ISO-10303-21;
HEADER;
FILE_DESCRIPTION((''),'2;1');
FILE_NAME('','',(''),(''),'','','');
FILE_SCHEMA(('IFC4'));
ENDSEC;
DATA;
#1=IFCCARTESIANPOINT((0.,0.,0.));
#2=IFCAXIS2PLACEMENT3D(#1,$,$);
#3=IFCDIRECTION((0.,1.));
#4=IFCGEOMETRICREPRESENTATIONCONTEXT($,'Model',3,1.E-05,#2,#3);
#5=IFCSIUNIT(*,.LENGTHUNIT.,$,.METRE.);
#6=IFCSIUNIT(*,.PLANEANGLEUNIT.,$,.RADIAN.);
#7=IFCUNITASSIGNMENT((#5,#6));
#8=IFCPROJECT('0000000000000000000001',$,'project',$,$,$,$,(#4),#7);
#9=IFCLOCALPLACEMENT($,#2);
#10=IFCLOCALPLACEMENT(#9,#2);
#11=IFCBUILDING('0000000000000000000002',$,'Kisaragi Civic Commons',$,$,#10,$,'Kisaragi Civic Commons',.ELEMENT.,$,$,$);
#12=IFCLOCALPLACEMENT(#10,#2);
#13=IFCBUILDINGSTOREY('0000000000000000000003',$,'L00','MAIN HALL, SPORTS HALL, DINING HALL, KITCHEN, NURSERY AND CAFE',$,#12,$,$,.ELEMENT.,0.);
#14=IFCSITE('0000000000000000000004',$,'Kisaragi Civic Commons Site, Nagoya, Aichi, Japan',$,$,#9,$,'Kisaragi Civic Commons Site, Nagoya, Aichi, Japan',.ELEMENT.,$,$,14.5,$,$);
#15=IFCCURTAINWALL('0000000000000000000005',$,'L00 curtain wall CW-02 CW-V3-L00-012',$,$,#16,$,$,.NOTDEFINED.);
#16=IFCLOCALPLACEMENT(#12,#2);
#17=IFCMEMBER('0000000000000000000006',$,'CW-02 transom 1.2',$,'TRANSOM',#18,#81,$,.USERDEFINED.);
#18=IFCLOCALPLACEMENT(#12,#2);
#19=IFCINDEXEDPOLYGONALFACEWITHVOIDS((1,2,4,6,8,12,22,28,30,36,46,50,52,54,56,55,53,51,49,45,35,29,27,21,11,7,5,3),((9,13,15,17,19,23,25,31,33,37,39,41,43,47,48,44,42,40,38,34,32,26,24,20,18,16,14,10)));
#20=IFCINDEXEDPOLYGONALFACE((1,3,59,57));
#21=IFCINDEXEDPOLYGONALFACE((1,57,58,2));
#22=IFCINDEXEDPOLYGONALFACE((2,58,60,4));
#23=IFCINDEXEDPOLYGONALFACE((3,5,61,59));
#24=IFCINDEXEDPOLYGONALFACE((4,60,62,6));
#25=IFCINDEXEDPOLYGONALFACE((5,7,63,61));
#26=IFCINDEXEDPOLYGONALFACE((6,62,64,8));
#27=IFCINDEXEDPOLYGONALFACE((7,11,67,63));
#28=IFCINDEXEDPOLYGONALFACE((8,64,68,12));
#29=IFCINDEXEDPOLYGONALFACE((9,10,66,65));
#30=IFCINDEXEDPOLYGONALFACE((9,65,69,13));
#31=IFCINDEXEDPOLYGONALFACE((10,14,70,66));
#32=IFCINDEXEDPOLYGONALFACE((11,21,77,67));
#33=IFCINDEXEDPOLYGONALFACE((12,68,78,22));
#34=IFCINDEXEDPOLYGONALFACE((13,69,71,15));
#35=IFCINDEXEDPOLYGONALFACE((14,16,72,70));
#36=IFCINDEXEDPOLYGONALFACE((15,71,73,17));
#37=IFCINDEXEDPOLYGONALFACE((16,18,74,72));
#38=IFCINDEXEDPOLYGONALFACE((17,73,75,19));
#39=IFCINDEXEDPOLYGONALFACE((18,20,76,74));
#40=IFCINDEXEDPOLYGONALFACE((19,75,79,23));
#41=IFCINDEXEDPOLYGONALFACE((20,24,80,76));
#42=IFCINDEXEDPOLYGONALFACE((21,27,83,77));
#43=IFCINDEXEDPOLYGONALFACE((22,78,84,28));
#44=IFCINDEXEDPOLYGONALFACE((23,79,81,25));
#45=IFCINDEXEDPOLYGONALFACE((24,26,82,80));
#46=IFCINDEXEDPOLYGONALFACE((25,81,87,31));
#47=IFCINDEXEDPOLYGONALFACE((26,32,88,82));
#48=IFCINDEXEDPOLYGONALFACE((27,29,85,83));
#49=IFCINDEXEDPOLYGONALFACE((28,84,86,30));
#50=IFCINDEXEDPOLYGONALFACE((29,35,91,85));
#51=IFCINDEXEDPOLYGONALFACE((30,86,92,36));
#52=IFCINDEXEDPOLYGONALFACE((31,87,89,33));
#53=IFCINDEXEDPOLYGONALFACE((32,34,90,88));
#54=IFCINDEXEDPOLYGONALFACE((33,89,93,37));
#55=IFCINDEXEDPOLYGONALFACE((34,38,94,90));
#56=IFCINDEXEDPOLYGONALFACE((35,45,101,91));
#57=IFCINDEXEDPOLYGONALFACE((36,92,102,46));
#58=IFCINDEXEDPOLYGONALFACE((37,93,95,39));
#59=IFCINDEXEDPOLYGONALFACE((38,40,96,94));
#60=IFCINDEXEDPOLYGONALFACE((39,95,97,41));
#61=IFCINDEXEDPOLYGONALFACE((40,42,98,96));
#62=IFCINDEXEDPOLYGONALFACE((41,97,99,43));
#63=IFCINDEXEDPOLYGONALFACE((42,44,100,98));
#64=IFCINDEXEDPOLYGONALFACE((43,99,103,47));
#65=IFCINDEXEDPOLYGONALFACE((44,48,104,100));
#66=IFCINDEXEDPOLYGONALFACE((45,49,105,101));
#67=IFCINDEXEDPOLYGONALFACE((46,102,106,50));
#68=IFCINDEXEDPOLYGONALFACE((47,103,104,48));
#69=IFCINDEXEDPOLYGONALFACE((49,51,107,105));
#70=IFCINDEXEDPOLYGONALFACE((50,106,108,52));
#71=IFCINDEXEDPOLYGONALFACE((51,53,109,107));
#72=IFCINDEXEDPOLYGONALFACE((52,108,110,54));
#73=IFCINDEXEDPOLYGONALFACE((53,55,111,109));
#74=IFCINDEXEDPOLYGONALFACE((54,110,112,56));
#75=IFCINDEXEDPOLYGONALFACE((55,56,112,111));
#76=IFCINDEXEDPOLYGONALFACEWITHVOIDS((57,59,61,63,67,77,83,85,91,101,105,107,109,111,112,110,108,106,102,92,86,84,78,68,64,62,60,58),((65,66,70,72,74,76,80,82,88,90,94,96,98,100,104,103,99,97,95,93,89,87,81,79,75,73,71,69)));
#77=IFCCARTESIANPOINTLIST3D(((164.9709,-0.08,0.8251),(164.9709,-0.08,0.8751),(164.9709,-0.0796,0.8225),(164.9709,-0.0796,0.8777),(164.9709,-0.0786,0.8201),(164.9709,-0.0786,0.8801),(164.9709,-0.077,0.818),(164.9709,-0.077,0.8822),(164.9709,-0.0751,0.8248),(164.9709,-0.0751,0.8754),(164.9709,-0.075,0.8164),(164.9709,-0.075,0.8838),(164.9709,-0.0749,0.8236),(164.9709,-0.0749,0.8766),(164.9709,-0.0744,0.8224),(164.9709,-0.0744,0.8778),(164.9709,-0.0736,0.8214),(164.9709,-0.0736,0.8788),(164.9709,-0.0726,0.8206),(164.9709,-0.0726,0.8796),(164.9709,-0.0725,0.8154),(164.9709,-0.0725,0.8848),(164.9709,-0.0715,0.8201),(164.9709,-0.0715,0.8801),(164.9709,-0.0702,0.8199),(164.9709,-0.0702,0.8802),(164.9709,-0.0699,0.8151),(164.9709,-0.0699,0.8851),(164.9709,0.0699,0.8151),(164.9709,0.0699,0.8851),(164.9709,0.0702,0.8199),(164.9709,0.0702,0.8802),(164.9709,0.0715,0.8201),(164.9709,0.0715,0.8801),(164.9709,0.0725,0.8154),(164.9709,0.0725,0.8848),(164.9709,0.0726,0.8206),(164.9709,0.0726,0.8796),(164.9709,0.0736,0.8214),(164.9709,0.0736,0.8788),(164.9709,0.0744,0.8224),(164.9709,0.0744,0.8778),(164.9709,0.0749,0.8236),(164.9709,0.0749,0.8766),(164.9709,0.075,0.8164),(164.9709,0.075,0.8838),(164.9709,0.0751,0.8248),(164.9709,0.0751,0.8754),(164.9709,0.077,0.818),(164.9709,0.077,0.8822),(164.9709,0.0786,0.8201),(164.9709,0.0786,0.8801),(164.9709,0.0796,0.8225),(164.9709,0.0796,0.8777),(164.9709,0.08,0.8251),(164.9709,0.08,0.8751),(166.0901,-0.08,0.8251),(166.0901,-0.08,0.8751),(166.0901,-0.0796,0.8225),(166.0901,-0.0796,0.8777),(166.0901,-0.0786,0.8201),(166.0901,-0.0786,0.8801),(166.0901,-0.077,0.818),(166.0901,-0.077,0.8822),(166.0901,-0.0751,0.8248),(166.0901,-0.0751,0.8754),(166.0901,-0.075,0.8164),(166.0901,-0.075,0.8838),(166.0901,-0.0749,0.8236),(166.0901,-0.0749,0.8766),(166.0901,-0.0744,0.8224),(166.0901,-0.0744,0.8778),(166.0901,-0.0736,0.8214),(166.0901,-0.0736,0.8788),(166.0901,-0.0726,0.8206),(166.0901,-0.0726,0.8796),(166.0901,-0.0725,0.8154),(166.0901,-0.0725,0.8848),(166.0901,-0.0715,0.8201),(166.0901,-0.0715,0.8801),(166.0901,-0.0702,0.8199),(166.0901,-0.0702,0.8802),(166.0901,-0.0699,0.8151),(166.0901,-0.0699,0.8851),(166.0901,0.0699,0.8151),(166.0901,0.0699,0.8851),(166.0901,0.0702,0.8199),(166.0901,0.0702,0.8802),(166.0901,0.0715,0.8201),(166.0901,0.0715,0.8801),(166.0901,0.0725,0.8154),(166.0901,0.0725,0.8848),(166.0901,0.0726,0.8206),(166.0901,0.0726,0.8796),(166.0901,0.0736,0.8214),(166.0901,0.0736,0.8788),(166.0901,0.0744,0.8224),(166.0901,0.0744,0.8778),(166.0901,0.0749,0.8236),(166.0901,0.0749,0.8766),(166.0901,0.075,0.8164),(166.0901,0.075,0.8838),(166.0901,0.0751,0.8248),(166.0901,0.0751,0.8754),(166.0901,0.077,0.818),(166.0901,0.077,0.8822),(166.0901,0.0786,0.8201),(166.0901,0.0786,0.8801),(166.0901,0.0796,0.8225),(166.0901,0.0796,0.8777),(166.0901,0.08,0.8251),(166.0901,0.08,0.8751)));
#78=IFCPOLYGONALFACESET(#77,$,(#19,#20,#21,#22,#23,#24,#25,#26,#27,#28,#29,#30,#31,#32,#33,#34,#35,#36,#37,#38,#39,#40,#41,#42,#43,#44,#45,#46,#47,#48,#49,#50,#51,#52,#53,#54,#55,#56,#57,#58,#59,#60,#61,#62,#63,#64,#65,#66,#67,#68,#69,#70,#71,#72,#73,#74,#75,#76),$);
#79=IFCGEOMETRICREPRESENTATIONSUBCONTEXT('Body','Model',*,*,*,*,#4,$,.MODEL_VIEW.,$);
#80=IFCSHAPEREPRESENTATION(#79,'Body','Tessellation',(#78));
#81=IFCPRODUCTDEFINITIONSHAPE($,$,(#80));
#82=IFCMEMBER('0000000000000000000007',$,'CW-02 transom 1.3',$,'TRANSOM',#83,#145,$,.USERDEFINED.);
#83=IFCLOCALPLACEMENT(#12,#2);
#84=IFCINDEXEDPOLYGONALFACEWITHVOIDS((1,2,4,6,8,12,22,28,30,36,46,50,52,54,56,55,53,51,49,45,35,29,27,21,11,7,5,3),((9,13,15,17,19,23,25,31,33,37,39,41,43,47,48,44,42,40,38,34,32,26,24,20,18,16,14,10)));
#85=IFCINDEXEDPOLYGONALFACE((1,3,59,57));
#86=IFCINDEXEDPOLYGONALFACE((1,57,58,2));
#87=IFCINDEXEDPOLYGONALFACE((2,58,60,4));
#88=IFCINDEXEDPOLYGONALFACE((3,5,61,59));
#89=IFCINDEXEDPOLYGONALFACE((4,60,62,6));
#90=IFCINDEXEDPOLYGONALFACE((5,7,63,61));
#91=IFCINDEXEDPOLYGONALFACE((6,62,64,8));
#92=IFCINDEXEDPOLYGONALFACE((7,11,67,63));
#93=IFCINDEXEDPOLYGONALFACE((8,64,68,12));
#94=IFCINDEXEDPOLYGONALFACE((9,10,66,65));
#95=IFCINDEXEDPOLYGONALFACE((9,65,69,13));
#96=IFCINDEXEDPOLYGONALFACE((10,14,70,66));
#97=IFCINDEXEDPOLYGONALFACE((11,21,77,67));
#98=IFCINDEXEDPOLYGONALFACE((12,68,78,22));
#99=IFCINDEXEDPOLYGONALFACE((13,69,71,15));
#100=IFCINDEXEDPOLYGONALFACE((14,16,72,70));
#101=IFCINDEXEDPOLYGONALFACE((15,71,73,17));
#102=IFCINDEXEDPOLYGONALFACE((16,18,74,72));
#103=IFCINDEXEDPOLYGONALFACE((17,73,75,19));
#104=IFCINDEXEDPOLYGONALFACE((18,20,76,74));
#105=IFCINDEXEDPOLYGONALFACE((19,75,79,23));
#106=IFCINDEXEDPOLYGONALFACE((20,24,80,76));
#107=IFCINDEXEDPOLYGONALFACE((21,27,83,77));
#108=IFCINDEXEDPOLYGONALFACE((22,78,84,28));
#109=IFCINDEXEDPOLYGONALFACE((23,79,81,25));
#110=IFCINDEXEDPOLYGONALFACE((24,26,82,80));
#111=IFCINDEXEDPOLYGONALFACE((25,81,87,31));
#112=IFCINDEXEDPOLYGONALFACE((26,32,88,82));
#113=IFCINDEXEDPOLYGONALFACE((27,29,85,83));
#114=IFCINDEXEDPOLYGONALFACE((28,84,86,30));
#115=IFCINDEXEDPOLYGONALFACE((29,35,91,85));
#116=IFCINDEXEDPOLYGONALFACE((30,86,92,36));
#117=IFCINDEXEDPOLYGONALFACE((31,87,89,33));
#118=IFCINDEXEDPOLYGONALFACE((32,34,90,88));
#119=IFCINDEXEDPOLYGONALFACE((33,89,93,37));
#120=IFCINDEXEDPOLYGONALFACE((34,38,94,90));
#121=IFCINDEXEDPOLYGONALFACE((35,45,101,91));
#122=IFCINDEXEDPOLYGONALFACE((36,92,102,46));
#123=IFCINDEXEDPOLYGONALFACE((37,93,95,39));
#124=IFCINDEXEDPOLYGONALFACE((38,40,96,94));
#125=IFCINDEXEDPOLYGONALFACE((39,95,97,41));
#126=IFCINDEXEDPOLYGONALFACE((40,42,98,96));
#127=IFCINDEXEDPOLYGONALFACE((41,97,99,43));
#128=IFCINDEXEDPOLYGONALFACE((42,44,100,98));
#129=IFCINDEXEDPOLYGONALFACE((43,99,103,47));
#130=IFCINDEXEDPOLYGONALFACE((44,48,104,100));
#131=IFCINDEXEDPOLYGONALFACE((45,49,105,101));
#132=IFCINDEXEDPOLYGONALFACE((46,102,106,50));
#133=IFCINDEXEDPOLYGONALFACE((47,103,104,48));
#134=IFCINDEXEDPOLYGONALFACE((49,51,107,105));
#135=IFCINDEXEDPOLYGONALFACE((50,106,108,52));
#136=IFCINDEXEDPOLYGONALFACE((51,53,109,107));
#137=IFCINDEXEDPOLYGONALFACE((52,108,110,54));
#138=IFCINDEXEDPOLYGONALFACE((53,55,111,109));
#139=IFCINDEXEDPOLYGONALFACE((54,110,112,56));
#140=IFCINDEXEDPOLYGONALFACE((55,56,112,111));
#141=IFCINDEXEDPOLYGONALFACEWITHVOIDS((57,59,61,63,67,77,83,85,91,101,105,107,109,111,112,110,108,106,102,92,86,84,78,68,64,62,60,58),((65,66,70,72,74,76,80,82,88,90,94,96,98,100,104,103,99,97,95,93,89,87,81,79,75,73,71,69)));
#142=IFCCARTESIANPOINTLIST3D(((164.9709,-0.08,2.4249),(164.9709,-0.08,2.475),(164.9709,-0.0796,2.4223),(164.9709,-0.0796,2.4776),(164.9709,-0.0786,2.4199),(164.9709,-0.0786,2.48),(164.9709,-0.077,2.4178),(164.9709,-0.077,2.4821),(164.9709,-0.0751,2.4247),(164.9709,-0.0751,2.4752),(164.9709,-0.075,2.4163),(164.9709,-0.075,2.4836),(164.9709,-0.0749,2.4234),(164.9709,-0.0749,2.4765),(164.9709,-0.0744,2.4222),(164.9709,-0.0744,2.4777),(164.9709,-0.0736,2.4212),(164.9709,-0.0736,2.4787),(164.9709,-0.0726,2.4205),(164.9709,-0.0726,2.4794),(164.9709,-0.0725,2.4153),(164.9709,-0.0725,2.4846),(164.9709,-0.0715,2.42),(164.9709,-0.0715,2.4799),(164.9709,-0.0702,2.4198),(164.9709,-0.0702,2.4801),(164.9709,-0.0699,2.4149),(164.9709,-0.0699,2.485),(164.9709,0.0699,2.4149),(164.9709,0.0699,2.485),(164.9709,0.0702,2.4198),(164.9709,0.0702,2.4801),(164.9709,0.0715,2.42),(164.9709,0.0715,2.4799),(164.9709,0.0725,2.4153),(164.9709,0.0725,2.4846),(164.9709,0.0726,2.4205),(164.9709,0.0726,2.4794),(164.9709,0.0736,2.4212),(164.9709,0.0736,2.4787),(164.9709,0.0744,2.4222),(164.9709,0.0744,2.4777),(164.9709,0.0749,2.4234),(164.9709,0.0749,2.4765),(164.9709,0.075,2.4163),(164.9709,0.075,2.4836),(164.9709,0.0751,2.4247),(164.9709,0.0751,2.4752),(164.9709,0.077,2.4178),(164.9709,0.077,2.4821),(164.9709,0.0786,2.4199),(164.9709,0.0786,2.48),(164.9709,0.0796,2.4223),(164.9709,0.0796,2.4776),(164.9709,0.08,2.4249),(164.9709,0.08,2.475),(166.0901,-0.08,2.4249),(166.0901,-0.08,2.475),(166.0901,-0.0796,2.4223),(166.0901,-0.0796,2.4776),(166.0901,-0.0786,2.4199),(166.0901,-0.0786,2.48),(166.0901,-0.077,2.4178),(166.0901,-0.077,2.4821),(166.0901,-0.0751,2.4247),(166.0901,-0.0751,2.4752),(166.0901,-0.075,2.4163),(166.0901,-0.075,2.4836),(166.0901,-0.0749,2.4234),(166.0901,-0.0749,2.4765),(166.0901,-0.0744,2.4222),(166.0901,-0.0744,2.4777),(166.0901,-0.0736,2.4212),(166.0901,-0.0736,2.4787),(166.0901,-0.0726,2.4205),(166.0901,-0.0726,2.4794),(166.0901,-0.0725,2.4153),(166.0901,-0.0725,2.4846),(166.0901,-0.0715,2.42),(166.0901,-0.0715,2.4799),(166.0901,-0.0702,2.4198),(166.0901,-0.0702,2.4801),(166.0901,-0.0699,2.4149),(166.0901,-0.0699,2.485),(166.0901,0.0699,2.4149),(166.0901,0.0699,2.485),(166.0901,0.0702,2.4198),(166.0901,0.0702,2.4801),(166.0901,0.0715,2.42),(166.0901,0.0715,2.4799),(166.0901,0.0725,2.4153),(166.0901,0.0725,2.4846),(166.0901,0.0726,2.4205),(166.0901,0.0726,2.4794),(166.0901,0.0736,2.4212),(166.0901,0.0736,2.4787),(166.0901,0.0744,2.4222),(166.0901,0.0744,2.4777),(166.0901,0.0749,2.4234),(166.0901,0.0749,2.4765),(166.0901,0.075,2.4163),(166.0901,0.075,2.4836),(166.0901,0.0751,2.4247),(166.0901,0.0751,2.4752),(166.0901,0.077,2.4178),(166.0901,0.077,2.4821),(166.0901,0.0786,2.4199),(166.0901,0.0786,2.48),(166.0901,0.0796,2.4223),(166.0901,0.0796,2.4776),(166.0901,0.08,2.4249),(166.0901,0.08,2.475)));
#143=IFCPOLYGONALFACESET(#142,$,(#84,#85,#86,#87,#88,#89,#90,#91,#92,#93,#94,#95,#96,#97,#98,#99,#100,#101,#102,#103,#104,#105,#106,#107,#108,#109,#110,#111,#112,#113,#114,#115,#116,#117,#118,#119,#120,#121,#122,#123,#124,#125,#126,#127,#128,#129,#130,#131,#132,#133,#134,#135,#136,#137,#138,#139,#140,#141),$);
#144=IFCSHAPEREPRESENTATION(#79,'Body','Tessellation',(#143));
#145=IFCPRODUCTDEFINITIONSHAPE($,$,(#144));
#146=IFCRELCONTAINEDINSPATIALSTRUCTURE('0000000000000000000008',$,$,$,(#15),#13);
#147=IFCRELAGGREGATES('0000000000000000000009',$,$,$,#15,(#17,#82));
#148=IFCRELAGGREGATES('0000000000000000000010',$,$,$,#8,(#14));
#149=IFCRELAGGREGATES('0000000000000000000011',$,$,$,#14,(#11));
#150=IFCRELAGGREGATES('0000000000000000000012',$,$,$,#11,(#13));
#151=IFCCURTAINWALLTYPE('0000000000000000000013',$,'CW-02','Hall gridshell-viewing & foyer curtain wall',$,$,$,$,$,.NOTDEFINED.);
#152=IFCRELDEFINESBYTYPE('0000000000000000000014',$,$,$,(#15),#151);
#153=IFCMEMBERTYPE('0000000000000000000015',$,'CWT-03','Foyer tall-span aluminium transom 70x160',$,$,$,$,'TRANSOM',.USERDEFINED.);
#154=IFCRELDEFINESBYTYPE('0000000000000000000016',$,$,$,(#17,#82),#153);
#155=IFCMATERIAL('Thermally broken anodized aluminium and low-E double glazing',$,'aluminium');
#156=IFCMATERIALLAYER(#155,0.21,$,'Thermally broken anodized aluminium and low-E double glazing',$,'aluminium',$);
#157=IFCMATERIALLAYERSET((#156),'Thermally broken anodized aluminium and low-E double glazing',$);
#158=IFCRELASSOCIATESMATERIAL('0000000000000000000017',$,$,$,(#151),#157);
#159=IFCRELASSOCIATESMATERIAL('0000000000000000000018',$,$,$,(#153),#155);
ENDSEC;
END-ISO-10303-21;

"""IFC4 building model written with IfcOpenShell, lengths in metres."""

from ifc_helpers import new_model, si_unit, direction, frame, origin, origin_2d, place, context, subcontext, project, spatial, hollow_rectangle, extrude, material, layer, layer_set, material_profile, profile_set, type_object, element, aggregate, save


model = new_model("IFC4")

# Units and contexts
model_context = context("Model", 3, precision=1e-05, world=origin(), true_north=direction((0.0, 1.0)))
body_context = subcontext(model_context, "Body", "Model", "MODEL_VIEW")
ifc_project = project(units=[si_unit("LENGTHUNIT", "METRE"), si_unit("PLANEANGLEUNIT", "RADIAN")], contexts=[model_context])

# Site, building, storey
site_placement = place(None, origin())
site = spatial("IfcSite", under=ifc_project, at=site_placement, Name="Kisaragi Civic Commons Site, Nagoya, Aichi, Japan", LongName="Kisaragi Civic Commons Site, Nagoya, Aichi, Japan", CompositionType="ELEMENT", RefElevation=14.5)
building_placement = place(site_placement, origin())
building = spatial("IfcBuilding", under=site, at=building_placement, Name="Kisaragi Civic Commons", LongName="Kisaragi Civic Commons", CompositionType="ELEMENT")
storey_placement = place(building_placement, origin())
storey = spatial("IfcBuildingStorey", under=building, at=storey_placement, Name="L00", Description="MAIN HALL, SPORTS HALL, DINING HALL, KITCHEN, NURSERY AND CAFE", CompositionType="ELEMENT", Elevation=0.0)

# Curtain wall
ifc_material = material(Name="Thermally broken anodized aluminium and low-E double glazing", Category="aluminium")
ifc_layer_1 = layer(ifc_material, 0.21, Name="Thermally broken anodized aluminium and low-E double glazing", Category="aluminium")
ifc_layer_set_1 = layer_set([ifc_layer_1], Name="Thermally broken anodized aluminium and low-E double glazing")
curtain_wall_type = type_object("IfcCurtainWallType", Name="CW-02", Description="Hall gridshell-viewing & foyer curtain wall", PredefinedType="NOTDEFINED", material=ifc_layer_set_1)
curtain_wall_1_placement = place(storey_placement, origin())
curtain_wall_1 = element("IfcCurtainWall", 1, at=curtain_wall_1_placement, inside=storey, type_object=curtain_wall_type, Name="L00 curtain wall CW-02 CW-V3-L00-012", PredefinedType="NOTDEFINED")

# Members
ifc_material_profile_1 = material_profile(ifc_material, hollow_rectangle(XDim=0.1599, YDim=0.0701, WallThickness=0.0049, InnerFilletRadius=0.0049, OuterFilletRadius=0.01, at=origin_2d()), Name="CWT-70x160x5", Category="aluminium")
ifc_profile_set_1 = profile_set([ifc_material_profile_1], Name="Thermally broken anodized aluminium and low-E double glazing")
member_type_1 = type_object("IfcMemberType", Name="CWT-03", Description="Foyer tall-span aluminium transom 70x160", ElementType="TRANSOM", PredefinedType="USERDEFINED", material=ifc_profile_set_1)
member_1_placement = place(storey_placement, frame((166.0901, 0.0, 0.8501), z_axis=(-1.0, 0.0, 0.0), x_axis=(0.0, -1.0, 0.0)))
member_1 = element("IfcMember", 2, at=member_1_placement, type_object=member_type_1, Name="CW-02 transom 1.2", ObjectType="TRANSOM", PredefinedType="USERDEFINED", context=body_context, shape_type="SweptSolid", body=[
    extrude(hollow_rectangle(XDim=0.1599, YDim=0.0701, WallThickness=0.0049, InnerFilletRadius=0.0049, OuterFilletRadius=0.01, at=origin_2d()), origin(), (0.0, 0.0, 1.0), 1.1191),
])
member_2_placement = place(storey_placement, frame((166.0901, 0.0, 2.45), z_axis=(-1.0, 0.0, 0.0), x_axis=(0.0, -1.0, 0.0)))
member_2 = element("IfcMember", 3, at=member_2_placement, type_object=member_type_1, Name="CW-02 transom 1.3", ObjectType="TRANSOM", PredefinedType="USERDEFINED", context=body_context, shape_type="SweptSolid", body=[
    extrude(hollow_rectangle(XDim=0.1599, YDim=0.0701, WallThickness=0.0049, InnerFilletRadius=0.0049, OuterFilletRadius=0.01, at=origin_2d()), origin(), (0.0, 0.0, 1.0), 1.1191),
])

aggregate(curtain_wall_1, [member_1, member_2])

save(model, "model.ifc")
